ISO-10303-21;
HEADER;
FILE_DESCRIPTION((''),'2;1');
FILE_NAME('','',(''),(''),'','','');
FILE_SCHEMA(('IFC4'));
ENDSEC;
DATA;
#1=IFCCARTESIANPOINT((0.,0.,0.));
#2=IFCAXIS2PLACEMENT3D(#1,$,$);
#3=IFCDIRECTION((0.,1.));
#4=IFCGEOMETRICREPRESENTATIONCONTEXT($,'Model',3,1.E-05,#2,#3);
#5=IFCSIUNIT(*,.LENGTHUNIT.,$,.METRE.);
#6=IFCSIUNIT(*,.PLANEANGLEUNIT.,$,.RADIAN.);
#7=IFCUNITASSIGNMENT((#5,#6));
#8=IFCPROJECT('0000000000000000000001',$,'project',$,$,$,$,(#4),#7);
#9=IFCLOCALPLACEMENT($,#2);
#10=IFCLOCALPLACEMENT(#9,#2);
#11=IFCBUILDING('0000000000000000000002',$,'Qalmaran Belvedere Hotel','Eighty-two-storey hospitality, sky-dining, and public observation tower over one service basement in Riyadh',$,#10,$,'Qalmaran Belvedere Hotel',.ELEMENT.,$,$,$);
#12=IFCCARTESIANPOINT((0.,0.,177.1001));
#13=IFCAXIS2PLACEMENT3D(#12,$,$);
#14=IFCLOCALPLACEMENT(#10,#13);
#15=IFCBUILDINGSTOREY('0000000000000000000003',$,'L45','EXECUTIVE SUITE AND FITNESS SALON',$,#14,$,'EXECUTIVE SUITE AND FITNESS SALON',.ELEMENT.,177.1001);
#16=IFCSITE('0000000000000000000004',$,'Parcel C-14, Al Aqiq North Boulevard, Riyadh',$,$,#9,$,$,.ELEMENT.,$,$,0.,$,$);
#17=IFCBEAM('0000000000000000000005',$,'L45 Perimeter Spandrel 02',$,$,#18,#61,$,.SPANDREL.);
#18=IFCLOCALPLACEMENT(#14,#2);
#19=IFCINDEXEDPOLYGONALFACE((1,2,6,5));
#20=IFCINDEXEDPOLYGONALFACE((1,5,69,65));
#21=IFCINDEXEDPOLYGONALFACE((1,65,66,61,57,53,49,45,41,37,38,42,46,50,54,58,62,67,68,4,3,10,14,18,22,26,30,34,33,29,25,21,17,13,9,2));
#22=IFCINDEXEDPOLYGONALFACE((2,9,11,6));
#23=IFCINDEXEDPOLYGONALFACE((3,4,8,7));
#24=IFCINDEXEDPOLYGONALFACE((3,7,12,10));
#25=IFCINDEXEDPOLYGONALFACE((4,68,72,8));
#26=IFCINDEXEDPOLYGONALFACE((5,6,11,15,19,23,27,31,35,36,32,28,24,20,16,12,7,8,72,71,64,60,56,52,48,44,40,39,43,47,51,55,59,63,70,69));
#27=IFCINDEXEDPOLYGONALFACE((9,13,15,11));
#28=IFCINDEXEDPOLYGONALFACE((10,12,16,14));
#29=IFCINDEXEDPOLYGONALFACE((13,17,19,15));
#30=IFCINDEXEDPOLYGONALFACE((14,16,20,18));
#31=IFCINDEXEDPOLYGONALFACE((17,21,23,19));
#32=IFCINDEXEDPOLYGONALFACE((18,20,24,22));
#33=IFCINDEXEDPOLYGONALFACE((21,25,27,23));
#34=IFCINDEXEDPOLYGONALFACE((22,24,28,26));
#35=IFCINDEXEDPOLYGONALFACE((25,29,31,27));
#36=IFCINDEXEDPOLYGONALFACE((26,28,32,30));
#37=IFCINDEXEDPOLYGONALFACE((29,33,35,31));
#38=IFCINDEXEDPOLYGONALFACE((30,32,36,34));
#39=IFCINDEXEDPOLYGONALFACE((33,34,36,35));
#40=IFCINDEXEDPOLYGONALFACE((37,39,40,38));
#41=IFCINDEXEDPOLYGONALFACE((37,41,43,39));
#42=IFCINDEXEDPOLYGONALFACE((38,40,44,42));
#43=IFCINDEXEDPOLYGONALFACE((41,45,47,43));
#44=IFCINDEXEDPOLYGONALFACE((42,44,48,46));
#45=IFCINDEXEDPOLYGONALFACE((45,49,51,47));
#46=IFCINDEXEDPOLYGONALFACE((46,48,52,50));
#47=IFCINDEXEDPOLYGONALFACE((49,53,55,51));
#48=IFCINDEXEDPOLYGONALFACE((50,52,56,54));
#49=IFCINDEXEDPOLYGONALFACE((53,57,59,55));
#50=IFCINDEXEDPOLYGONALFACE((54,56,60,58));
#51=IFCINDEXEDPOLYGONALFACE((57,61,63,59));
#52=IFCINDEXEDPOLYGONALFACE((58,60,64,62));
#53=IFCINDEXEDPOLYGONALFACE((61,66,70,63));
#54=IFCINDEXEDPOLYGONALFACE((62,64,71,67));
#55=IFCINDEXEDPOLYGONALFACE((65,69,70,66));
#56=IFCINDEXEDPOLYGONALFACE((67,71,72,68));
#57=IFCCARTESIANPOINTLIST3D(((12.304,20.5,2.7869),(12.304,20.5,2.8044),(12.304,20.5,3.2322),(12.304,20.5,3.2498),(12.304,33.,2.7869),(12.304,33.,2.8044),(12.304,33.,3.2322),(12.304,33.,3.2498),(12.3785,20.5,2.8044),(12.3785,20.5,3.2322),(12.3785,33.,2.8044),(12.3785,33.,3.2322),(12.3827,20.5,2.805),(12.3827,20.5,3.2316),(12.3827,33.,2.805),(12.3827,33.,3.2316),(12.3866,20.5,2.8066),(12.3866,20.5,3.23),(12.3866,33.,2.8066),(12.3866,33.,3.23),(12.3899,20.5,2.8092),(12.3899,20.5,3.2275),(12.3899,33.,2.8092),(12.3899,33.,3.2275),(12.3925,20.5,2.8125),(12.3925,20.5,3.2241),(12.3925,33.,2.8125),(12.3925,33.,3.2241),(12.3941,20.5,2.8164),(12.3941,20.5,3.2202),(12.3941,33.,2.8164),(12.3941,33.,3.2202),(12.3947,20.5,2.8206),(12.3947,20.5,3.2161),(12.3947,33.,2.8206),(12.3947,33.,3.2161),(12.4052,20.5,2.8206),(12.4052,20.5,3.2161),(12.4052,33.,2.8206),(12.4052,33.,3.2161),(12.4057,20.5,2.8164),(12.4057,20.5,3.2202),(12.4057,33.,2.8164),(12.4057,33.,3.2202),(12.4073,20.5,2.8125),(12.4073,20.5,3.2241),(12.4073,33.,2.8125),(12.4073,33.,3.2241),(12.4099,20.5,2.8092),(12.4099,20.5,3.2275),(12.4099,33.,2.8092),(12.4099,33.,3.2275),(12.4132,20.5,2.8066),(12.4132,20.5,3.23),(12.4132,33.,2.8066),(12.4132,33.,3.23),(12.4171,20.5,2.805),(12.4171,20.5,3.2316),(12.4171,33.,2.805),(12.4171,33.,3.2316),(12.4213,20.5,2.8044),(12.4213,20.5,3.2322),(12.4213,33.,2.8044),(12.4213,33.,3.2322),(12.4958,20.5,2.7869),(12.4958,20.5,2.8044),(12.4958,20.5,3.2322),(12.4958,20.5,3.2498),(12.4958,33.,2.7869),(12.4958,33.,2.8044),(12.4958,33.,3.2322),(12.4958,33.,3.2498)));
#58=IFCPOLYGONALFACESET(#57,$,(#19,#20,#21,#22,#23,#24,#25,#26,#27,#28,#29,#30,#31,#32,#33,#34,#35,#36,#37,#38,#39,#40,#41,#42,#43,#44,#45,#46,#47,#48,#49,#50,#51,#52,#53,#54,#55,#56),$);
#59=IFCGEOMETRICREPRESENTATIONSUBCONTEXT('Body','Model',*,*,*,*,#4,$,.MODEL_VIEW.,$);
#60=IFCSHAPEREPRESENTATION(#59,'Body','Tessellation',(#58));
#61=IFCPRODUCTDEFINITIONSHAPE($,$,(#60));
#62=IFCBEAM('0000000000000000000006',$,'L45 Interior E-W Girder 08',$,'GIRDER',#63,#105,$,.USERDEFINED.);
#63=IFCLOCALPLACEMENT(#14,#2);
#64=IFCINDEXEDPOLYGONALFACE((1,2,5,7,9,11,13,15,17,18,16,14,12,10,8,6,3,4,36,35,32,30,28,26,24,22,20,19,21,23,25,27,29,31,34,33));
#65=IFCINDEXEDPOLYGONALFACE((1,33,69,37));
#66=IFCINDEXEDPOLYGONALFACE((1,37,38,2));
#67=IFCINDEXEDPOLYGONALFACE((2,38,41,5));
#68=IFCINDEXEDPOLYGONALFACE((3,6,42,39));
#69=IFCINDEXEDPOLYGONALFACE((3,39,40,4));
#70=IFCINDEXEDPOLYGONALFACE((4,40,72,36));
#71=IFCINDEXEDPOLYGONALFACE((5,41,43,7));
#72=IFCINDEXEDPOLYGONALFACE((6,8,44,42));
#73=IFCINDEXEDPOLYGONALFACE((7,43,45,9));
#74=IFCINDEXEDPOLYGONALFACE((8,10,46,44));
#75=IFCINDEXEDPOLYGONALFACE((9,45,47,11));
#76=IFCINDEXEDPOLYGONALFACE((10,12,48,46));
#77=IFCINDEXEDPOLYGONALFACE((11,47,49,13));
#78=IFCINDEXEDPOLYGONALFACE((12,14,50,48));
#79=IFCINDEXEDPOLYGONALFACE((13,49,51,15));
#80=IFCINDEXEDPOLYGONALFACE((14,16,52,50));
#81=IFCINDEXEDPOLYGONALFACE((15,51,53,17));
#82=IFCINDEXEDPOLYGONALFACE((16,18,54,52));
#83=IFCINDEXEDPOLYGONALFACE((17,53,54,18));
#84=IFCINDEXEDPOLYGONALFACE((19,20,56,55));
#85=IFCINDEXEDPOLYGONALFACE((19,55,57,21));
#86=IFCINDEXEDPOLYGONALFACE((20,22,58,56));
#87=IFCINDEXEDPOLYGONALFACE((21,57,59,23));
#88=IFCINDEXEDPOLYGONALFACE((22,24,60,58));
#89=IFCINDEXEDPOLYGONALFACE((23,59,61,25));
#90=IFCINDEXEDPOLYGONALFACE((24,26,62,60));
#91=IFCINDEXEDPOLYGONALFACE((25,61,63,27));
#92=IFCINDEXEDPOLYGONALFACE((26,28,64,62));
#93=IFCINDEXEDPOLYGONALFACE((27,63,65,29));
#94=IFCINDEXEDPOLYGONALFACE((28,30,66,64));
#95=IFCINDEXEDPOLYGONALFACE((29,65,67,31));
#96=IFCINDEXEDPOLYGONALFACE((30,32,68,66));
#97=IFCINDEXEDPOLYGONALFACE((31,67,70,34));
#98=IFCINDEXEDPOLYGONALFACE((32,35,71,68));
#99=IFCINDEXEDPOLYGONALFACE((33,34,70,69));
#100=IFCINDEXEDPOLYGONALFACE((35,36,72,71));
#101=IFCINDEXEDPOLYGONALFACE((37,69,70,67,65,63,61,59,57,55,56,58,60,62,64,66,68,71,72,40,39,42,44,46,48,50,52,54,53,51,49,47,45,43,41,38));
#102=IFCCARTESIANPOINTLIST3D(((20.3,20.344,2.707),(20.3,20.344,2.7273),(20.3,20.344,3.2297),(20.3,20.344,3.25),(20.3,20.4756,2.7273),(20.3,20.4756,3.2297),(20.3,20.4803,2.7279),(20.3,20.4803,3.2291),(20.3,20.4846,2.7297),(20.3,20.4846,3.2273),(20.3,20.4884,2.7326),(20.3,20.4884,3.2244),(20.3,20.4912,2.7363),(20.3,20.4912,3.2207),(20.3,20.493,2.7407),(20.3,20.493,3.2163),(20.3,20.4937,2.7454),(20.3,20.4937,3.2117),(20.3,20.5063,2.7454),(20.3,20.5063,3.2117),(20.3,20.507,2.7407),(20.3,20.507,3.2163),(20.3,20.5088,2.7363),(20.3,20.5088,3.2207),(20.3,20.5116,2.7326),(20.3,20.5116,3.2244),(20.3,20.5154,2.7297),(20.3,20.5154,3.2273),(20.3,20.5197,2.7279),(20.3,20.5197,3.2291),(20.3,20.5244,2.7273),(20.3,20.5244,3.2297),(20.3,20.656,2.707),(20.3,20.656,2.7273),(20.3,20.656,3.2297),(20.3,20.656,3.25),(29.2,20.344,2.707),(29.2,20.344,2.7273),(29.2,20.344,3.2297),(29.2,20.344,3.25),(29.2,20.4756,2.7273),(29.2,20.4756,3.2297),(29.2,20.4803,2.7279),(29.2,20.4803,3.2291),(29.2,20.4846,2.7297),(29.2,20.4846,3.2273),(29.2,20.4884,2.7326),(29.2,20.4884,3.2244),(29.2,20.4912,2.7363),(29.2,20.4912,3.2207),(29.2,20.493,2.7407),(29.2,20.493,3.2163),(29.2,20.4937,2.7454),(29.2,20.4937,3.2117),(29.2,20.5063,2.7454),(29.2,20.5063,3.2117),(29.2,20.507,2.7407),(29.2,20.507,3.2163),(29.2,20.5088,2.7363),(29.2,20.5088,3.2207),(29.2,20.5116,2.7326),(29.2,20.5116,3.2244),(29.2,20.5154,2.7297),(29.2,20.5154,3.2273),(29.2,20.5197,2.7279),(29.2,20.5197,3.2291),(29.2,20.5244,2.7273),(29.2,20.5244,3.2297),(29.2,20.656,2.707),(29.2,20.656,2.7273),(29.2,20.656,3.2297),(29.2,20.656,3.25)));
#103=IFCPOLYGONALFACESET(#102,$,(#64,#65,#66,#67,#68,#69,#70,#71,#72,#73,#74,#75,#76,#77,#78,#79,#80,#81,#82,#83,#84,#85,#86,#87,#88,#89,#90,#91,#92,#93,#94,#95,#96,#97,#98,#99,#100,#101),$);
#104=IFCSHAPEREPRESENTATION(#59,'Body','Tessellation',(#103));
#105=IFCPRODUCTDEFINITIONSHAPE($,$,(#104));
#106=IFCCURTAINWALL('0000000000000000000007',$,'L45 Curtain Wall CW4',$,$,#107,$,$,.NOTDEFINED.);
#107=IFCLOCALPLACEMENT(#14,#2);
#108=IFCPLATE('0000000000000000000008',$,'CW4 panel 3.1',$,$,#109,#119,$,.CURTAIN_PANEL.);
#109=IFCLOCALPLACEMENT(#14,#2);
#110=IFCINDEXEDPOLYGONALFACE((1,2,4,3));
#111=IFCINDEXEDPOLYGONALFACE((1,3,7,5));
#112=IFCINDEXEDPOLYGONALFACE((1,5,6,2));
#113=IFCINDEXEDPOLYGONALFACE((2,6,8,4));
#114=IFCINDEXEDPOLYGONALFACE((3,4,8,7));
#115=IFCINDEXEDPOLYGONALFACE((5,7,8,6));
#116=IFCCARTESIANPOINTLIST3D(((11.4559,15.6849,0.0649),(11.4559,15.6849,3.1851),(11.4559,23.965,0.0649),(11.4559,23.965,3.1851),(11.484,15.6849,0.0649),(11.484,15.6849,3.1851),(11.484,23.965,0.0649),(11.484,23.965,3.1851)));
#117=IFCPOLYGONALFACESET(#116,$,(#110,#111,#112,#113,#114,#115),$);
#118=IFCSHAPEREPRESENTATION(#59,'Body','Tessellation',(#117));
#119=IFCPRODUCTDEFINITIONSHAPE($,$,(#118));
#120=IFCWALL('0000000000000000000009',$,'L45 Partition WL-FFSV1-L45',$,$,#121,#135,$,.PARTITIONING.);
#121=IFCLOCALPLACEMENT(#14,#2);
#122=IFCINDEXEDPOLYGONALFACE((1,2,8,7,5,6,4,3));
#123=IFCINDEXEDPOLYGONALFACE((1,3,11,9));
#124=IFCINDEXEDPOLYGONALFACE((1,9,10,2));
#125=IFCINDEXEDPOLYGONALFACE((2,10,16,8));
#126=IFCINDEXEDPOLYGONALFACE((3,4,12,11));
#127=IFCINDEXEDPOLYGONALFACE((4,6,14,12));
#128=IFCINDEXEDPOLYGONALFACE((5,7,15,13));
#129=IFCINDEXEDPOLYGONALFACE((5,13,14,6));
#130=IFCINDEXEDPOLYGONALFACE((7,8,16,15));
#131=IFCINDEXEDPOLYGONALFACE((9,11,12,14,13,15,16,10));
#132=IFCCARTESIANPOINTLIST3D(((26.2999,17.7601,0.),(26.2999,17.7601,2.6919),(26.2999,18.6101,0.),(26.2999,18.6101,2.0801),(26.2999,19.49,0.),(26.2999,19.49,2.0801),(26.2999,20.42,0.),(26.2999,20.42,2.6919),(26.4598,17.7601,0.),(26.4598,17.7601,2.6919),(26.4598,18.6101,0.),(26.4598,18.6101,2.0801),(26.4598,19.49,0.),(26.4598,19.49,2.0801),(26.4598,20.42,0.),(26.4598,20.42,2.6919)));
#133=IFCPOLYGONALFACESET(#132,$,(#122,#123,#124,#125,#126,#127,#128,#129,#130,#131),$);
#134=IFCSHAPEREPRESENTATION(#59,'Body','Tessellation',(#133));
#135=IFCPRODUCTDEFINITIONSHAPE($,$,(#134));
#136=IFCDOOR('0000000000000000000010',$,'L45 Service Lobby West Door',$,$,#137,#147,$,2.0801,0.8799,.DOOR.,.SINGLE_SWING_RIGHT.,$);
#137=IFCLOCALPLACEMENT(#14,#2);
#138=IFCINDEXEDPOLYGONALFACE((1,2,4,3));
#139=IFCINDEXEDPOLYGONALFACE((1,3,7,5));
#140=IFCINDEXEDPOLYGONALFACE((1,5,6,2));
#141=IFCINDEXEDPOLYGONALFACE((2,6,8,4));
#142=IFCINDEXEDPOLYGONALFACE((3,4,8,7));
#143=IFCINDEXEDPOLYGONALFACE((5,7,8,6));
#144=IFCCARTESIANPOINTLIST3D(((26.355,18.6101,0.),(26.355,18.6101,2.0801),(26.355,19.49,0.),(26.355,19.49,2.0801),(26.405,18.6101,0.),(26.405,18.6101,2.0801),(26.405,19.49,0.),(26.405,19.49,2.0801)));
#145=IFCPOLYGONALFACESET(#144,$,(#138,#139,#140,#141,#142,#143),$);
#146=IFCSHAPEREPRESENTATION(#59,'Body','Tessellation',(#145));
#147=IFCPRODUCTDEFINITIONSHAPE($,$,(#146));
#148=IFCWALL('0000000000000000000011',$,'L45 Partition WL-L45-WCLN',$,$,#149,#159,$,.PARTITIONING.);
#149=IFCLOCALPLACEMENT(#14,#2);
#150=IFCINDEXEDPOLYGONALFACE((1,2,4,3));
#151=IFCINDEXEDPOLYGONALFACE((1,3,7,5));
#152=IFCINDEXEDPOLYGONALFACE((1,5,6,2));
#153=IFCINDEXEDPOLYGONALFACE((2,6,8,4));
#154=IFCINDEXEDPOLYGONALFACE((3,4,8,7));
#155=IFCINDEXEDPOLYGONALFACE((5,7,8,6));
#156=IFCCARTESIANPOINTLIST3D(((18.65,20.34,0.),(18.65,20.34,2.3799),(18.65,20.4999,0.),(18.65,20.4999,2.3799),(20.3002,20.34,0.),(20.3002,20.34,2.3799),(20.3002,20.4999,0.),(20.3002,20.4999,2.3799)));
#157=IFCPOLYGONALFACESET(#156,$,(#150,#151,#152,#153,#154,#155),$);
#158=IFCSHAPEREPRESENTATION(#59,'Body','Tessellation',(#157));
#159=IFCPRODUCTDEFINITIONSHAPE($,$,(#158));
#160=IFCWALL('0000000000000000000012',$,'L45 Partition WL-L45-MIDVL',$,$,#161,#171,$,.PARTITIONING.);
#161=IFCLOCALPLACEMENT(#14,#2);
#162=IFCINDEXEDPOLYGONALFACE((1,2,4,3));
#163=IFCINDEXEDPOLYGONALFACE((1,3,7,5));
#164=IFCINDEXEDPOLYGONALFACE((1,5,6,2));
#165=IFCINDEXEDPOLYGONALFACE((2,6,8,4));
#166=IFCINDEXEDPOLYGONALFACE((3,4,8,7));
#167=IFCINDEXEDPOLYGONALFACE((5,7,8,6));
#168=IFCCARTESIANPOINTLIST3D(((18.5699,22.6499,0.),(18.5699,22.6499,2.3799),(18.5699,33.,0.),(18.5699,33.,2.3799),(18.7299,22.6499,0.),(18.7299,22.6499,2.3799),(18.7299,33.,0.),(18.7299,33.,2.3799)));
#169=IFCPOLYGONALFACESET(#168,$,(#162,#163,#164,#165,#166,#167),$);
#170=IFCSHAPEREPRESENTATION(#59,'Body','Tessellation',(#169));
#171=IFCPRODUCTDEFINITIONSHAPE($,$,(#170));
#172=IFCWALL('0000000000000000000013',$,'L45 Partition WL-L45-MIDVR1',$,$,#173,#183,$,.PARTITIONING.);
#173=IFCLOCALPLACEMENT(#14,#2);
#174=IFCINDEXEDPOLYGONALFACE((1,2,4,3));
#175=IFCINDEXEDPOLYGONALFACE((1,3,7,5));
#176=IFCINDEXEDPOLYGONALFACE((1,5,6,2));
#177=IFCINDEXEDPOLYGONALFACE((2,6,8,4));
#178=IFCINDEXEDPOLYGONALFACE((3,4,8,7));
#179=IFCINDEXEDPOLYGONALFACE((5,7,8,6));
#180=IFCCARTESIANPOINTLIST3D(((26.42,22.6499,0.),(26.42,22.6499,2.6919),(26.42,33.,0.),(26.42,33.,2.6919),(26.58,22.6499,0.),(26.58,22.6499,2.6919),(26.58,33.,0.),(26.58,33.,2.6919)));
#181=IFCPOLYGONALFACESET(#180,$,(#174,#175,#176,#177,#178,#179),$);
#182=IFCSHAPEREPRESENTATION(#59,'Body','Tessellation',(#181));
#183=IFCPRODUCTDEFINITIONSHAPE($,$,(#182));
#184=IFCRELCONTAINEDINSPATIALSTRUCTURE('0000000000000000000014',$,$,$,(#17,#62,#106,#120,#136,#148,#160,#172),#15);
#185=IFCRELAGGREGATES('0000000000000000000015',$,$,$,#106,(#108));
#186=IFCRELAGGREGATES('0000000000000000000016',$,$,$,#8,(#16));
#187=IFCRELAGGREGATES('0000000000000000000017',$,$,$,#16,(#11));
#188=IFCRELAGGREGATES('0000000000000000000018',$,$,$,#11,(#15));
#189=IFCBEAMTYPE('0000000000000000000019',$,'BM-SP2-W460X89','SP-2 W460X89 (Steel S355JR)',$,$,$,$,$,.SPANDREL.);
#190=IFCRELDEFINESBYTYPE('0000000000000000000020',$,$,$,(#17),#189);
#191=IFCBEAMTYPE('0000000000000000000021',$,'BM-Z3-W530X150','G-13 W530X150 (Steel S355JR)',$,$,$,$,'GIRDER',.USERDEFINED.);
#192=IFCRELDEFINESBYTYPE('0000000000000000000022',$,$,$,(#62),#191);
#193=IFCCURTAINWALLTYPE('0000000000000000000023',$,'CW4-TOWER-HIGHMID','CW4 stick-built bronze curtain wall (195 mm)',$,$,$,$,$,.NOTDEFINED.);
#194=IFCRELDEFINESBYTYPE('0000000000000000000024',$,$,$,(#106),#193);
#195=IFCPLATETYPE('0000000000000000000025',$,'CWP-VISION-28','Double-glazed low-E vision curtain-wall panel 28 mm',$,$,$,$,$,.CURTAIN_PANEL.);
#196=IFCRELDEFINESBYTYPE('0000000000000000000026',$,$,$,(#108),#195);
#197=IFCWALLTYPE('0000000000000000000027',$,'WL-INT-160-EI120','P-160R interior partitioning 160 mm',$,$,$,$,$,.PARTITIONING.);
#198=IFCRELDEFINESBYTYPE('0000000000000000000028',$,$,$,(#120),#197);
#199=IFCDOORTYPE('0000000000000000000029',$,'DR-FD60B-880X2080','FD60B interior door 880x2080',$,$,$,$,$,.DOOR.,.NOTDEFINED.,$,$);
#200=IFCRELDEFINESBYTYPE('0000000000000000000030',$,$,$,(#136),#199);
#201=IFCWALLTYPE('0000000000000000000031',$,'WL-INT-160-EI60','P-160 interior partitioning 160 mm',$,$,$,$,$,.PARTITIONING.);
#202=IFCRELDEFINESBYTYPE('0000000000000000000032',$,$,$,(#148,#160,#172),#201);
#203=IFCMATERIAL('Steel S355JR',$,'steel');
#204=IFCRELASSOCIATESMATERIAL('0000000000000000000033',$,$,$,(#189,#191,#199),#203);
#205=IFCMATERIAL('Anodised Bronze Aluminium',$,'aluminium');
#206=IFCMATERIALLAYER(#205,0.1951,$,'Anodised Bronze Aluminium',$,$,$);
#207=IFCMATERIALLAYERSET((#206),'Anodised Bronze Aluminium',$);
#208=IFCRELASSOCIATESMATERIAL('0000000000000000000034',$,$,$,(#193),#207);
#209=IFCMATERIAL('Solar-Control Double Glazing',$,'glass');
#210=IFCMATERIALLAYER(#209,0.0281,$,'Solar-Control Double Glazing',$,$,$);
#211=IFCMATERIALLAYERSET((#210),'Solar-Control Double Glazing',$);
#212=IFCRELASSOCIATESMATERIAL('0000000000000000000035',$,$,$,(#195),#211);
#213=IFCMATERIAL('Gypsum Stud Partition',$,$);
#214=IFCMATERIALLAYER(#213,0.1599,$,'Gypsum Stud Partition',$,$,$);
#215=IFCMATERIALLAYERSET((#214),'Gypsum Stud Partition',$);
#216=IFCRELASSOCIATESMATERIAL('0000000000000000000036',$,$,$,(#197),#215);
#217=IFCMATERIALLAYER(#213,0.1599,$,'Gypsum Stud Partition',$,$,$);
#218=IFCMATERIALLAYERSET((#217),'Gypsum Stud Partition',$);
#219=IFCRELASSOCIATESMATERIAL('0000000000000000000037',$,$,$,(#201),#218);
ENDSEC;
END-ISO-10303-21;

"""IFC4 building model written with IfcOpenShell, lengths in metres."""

from ifc_helpers import new_model, si_unit, direction, frame, frame_2d, origin, origin_2d, place, context, subcontext, project, spatial, rectangle, i_section, extrude, material, layer, layer_set, material_profile, profile_set, type_object, element, fill, aggregate, save


model = new_model("IFC4")

# Units and contexts
model_context = context("Model", 3, precision=1e-05, world=origin(), true_north=direction((0.0, 1.0)))
body_context = subcontext(model_context, "Body", "Model", "MODEL_VIEW")
ifc_project = project(units=[si_unit("LENGTHUNIT", "METRE"), si_unit("PLANEANGLEUNIT", "RADIAN")], contexts=[model_context])

# Site, building, storey
site_placement = place(None, origin())
site = spatial("IfcSite", under=ifc_project, at=site_placement, Name="Parcel C-14, Al Aqiq North Boulevard, Riyadh", CompositionType="ELEMENT", RefElevation=0.0)
building_placement = place(site_placement, origin())
building = spatial("IfcBuilding", under=site, at=building_placement, Name="Qalmaran Belvedere Hotel", Description="Eighty-two-storey hospitality, sky-dining, and public observation tower over one service basement in Riyadh", LongName="Qalmaran Belvedere Hotel", CompositionType="ELEMENT")
storey_placement = place(building_placement, frame((0.0, 0.0, 177.1001)))
storey = spatial("IfcBuildingStorey", under=building, at=storey_placement, Name="L45", Description="EXECUTIVE SUITE AND FITNESS SALON", LongName="EXECUTIVE SUITE AND FITNESS SALON", CompositionType="ELEMENT", Elevation=177.1001)

# Beams
ifc_material_1 = material(Name="Steel S355JR", Category="steel")
ifc_material_profile_1 = material_profile(ifc_material_1, i_section(OverallWidth=0.1919, OverallDepth=0.4629, WebThickness=0.0105, FlangeThickness=0.0176, FilletRadius=0.0161, at=origin_2d()), Name="W460X89")
ifc_profile_set_1 = profile_set([ifc_material_profile_1], Name="Steel S355JR")
beam_type_1 = type_object("IfcBeamType", Name="BM-SP2-W460X89", Description="SP-2 W460X89 (Steel S355JR)", PredefinedType="SPANDREL", material=ifc_profile_set_1)
beam_1_placement = place(storey_placement, frame((12.3999, 20.5, 3.0183), z_axis=(0.0, 1.0, 0.0), x_axis=(-1.0, 0.0, 0.0)))
element("IfcBeam", 1, at=beam_1_placement, inside=storey, type_object=beam_type_1, Name="L45 Perimeter Spandrel 02", PredefinedType="SPANDREL", context=body_context, shape_type="SweptSolid", body=[
    extrude(i_section(OverallWidth=0.1919, OverallDepth=0.4629, WebThickness=0.0105, FlangeThickness=0.0176, FilletRadius=0.0161, at=origin_2d()), origin(), (0.0, 0.0, 1.0), 12.5),
])
ifc_material_profile_2 = material_profile(ifc_material_1, i_section(OverallWidth=0.312, OverallDepth=0.543, WebThickness=0.0127, FlangeThickness=0.0203, FilletRadius=0.0181, at=origin_2d()), Name="W530X150")
ifc_profile_set_2 = profile_set([ifc_material_profile_2], Name="Steel S355JR")
beam_type_2 = type_object("IfcBeamType", Name="BM-Z3-W530X150", Description="G-13 W530X150 (Steel S355JR)", ElementType="GIRDER", PredefinedType="USERDEFINED", material=ifc_profile_set_2)
beam_2_placement = place(storey_placement, frame((20.3, 20.5, 2.9785), z_axis=(1.0, 0.0, 0.0), x_axis=(0.0, 1.0, 0.0)))
element("IfcBeam", 2, at=beam_2_placement, inside=storey, type_object=beam_type_2, Name="L45 Interior E-W Girder 08", ObjectType="GIRDER", PredefinedType="USERDEFINED", context=body_context, shape_type="SweptSolid", body=[
    extrude(i_section(OverallWidth=0.312, OverallDepth=0.543, WebThickness=0.0127, FlangeThickness=0.0203, FilletRadius=0.0181, at=origin_2d()), origin(), (0.0, 0.0, 1.0), 8.8999),
])

# Curtain wall, plate
ifc_material_2 = material(Name="Anodised Bronze Aluminium", Category="aluminium")
ifc_layer_1 = layer(ifc_material_2, 0.1951, Name="Anodised Bronze Aluminium")
ifc_layer_set_1 = layer_set([ifc_layer_1], Name="Anodised Bronze Aluminium")
curtain_wall_type = type_object("IfcCurtainWallType", Name="CW4-TOWER-HIGHMID", Description="CW4 stick-built bronze curtain wall (195 mm)", PredefinedType="NOTDEFINED", material=ifc_layer_set_1)
curtain_wall_placement = place(storey_placement, origin())
curtain_wall = element("IfcCurtainWall", 3, at=curtain_wall_placement, inside=storey, type_object=curtain_wall_type, Name="L45 Curtain Wall CW4", PredefinedType="NOTDEFINED")
ifc_material_3 = material(Name="Solar-Control Double Glazing", Category="glass")
ifc_layer_2 = layer(ifc_material_3, 0.0281, Name="Solar-Control Double Glazing")
ifc_layer_set_2 = layer_set([ifc_layer_2], Name="Solar-Control Double Glazing")
plate_type = type_object("IfcPlateType", Name="CWP-VISION-28", Description="Double-glazed low-E vision curtain-wall panel 28 mm", PredefinedType="CURTAIN_PANEL", material=ifc_layer_set_2)
plate_placement = place(storey_placement, frame((11.47, 19.825, 0.0649), z_axis=(0.0, 0.0, 1.0), x_axis=(0.0, -1.0, 0.0)))
plate = element("IfcPlate", 4, at=plate_placement, type_object=plate_type, Name="CW4 panel 3.1", PredefinedType="CURTAIN_PANEL", context=body_context, shape_type="SweptSolid", body=[
    extrude(rectangle(XDim=8.28, YDim=0.0281, at=origin_2d()), origin(), (0.0, 0.0, 1.0), 3.1201),
])
aggregate(curtain_wall, [plate])

# Wall, opening, door
ifc_material_4 = material(Name="Gypsum Stud Partition")
ifc_layer_3 = layer(ifc_material_4, 0.1599, Name="Gypsum Stud Partition")
ifc_layer_set_3 = layer_set([ifc_layer_3], Name="Gypsum Stud Partition")
wall_type_1 = type_object("IfcWallType", Name="WL-INT-160-EI120", Description="P-160R interior partitioning 160 mm", PredefinedType="PARTITIONING", material=ifc_layer_set_3)
wall_1_placement = place(storey_placement, frame((26.3799, 17.76, 0.0), z_axis=(0.0, 0.0, 1.0), x_axis=(0.0, 1.0, 0.0)))
wall_1 = element("IfcWall", 5, at=wall_1_placement, inside=storey, type_object=wall_type_1, Name="L45 Partition WL-FFSV1-L45", PredefinedType="PARTITIONING", context=body_context, shape_type="SweptSolid", body=[
    extrude(rectangle(XDim=2.6599, YDim=0.1599, at=frame_2d((1.3301, 0.0))), origin(), (0.0, 0.0, 1.0), 2.6919),
])
opening_1_placement = place(wall_1_placement, frame((0.8501, 0.0, 0.0)))
opening_1 = element("IfcOpeningElement", 6, at=opening_1_placement, cuts=wall_1, PredefinedType="OPENING", context=body_context, shape_type="SweptSolid", body=[
    extrude(rectangle(XDim=0.8799, YDim=2.0801, at=frame_2d((0.4399, 1.04))), frame((0.0, 0.0898, 0.0), z_axis=(0.0, -1.0, 0.0), x_axis=(1.0, 0.0, 0.0)), (0.0, 0.0, 1.0), 0.1799),
])
door_type_1 = type_object("IfcDoorType", Name="DR-FD60B-880X2080", Description="FD60B interior door 880x2080", OperationType="NOTDEFINED", PredefinedType="DOOR", material=ifc_material_1)
door_1_placement = place(opening_1_placement, origin())
door_1 = element("IfcDoor", 7, at=door_1_placement, inside=storey, type_object=door_type_1, Name="L45 Service Lobby West Door", OperationType="SINGLE_SWING_RIGHT", OverallHeight=2.0801, OverallWidth=0.8799, PredefinedType="DOOR", context=body_context, shape_type="SweptSolid", body=[
    extrude(rectangle(XDim=0.8799, YDim=2.0801, at=frame_2d((0.4399, 1.04))), frame((0.0, 0.0249, 0.0), z_axis=(0.0, -1.0, 0.0), x_axis=(1.0, 0.0, 0.0)), (0.0, 0.0, 1.0), 0.05),
])
fill(opening_1, door_1)

# Walls
ifc_layer_4 = layer(ifc_material_4, 0.1599, Name="Gypsum Stud Partition")
ifc_layer_set_4 = layer_set([ifc_layer_4], Name="Gypsum Stud Partition")
wall_type_2 = type_object("IfcWallType", Name="WL-INT-160-EI60", Description="P-160 interior partitioning 160 mm", PredefinedType="PARTITIONING", material=ifc_layer_set_4)
wall_2_placement = place(storey_placement, frame((18.6499, 20.4199, 0.0), z_axis=(0.0, 0.0, 1.0), x_axis=(1.0, 0.0, 0.0)))
element("IfcWall", 8, at=wall_2_placement, inside=storey, type_object=wall_type_2, Name="L45 Partition WL-L45-WCLN", PredefinedType="PARTITIONING", context=body_context, shape_type="SweptSolid", body=[
    extrude(rectangle(XDim=1.6501, YDim=0.1599, at=frame_2d((0.8252, 0.0))), origin(), (0.0, 0.0, 1.0), 2.3799),
])
wall_3_placement = place(storey_placement, frame((18.6499, 22.6499, 0.0), z_axis=(0.0, 0.0, 1.0), x_axis=(0.0, 1.0, 0.0)))
element("IfcWall", 9, at=wall_3_placement, inside=storey, type_object=wall_type_2, Name="L45 Partition WL-L45-MIDVL", PredefinedType="PARTITIONING", context=body_context, shape_type="SweptSolid", body=[
    extrude(rectangle(XDim=10.3501, YDim=0.1599, at=frame_2d((5.175, 0.0))), origin(), (0.0, 0.0, 1.0), 2.3799),
])
wall_4_placement = place(storey_placement, frame((26.5, 22.6499, 0.0), z_axis=(0.0, 0.0, 1.0), x_axis=(0.0, 1.0, 0.0)))
element("IfcWall", 10, at=wall_4_placement, inside=storey, type_object=wall_type_2, Name="L45 Partition WL-L45-MIDVR1", PredefinedType="PARTITIONING", context=body_context, shape_type="SweptSolid", body=[
    extrude(rectangle(XDim=10.3501, YDim=0.1599, at=frame_2d((5.175, 0.0))), origin(), (0.0, 0.0, 1.0), 2.6919),
])

save(model, "model.ifc")
